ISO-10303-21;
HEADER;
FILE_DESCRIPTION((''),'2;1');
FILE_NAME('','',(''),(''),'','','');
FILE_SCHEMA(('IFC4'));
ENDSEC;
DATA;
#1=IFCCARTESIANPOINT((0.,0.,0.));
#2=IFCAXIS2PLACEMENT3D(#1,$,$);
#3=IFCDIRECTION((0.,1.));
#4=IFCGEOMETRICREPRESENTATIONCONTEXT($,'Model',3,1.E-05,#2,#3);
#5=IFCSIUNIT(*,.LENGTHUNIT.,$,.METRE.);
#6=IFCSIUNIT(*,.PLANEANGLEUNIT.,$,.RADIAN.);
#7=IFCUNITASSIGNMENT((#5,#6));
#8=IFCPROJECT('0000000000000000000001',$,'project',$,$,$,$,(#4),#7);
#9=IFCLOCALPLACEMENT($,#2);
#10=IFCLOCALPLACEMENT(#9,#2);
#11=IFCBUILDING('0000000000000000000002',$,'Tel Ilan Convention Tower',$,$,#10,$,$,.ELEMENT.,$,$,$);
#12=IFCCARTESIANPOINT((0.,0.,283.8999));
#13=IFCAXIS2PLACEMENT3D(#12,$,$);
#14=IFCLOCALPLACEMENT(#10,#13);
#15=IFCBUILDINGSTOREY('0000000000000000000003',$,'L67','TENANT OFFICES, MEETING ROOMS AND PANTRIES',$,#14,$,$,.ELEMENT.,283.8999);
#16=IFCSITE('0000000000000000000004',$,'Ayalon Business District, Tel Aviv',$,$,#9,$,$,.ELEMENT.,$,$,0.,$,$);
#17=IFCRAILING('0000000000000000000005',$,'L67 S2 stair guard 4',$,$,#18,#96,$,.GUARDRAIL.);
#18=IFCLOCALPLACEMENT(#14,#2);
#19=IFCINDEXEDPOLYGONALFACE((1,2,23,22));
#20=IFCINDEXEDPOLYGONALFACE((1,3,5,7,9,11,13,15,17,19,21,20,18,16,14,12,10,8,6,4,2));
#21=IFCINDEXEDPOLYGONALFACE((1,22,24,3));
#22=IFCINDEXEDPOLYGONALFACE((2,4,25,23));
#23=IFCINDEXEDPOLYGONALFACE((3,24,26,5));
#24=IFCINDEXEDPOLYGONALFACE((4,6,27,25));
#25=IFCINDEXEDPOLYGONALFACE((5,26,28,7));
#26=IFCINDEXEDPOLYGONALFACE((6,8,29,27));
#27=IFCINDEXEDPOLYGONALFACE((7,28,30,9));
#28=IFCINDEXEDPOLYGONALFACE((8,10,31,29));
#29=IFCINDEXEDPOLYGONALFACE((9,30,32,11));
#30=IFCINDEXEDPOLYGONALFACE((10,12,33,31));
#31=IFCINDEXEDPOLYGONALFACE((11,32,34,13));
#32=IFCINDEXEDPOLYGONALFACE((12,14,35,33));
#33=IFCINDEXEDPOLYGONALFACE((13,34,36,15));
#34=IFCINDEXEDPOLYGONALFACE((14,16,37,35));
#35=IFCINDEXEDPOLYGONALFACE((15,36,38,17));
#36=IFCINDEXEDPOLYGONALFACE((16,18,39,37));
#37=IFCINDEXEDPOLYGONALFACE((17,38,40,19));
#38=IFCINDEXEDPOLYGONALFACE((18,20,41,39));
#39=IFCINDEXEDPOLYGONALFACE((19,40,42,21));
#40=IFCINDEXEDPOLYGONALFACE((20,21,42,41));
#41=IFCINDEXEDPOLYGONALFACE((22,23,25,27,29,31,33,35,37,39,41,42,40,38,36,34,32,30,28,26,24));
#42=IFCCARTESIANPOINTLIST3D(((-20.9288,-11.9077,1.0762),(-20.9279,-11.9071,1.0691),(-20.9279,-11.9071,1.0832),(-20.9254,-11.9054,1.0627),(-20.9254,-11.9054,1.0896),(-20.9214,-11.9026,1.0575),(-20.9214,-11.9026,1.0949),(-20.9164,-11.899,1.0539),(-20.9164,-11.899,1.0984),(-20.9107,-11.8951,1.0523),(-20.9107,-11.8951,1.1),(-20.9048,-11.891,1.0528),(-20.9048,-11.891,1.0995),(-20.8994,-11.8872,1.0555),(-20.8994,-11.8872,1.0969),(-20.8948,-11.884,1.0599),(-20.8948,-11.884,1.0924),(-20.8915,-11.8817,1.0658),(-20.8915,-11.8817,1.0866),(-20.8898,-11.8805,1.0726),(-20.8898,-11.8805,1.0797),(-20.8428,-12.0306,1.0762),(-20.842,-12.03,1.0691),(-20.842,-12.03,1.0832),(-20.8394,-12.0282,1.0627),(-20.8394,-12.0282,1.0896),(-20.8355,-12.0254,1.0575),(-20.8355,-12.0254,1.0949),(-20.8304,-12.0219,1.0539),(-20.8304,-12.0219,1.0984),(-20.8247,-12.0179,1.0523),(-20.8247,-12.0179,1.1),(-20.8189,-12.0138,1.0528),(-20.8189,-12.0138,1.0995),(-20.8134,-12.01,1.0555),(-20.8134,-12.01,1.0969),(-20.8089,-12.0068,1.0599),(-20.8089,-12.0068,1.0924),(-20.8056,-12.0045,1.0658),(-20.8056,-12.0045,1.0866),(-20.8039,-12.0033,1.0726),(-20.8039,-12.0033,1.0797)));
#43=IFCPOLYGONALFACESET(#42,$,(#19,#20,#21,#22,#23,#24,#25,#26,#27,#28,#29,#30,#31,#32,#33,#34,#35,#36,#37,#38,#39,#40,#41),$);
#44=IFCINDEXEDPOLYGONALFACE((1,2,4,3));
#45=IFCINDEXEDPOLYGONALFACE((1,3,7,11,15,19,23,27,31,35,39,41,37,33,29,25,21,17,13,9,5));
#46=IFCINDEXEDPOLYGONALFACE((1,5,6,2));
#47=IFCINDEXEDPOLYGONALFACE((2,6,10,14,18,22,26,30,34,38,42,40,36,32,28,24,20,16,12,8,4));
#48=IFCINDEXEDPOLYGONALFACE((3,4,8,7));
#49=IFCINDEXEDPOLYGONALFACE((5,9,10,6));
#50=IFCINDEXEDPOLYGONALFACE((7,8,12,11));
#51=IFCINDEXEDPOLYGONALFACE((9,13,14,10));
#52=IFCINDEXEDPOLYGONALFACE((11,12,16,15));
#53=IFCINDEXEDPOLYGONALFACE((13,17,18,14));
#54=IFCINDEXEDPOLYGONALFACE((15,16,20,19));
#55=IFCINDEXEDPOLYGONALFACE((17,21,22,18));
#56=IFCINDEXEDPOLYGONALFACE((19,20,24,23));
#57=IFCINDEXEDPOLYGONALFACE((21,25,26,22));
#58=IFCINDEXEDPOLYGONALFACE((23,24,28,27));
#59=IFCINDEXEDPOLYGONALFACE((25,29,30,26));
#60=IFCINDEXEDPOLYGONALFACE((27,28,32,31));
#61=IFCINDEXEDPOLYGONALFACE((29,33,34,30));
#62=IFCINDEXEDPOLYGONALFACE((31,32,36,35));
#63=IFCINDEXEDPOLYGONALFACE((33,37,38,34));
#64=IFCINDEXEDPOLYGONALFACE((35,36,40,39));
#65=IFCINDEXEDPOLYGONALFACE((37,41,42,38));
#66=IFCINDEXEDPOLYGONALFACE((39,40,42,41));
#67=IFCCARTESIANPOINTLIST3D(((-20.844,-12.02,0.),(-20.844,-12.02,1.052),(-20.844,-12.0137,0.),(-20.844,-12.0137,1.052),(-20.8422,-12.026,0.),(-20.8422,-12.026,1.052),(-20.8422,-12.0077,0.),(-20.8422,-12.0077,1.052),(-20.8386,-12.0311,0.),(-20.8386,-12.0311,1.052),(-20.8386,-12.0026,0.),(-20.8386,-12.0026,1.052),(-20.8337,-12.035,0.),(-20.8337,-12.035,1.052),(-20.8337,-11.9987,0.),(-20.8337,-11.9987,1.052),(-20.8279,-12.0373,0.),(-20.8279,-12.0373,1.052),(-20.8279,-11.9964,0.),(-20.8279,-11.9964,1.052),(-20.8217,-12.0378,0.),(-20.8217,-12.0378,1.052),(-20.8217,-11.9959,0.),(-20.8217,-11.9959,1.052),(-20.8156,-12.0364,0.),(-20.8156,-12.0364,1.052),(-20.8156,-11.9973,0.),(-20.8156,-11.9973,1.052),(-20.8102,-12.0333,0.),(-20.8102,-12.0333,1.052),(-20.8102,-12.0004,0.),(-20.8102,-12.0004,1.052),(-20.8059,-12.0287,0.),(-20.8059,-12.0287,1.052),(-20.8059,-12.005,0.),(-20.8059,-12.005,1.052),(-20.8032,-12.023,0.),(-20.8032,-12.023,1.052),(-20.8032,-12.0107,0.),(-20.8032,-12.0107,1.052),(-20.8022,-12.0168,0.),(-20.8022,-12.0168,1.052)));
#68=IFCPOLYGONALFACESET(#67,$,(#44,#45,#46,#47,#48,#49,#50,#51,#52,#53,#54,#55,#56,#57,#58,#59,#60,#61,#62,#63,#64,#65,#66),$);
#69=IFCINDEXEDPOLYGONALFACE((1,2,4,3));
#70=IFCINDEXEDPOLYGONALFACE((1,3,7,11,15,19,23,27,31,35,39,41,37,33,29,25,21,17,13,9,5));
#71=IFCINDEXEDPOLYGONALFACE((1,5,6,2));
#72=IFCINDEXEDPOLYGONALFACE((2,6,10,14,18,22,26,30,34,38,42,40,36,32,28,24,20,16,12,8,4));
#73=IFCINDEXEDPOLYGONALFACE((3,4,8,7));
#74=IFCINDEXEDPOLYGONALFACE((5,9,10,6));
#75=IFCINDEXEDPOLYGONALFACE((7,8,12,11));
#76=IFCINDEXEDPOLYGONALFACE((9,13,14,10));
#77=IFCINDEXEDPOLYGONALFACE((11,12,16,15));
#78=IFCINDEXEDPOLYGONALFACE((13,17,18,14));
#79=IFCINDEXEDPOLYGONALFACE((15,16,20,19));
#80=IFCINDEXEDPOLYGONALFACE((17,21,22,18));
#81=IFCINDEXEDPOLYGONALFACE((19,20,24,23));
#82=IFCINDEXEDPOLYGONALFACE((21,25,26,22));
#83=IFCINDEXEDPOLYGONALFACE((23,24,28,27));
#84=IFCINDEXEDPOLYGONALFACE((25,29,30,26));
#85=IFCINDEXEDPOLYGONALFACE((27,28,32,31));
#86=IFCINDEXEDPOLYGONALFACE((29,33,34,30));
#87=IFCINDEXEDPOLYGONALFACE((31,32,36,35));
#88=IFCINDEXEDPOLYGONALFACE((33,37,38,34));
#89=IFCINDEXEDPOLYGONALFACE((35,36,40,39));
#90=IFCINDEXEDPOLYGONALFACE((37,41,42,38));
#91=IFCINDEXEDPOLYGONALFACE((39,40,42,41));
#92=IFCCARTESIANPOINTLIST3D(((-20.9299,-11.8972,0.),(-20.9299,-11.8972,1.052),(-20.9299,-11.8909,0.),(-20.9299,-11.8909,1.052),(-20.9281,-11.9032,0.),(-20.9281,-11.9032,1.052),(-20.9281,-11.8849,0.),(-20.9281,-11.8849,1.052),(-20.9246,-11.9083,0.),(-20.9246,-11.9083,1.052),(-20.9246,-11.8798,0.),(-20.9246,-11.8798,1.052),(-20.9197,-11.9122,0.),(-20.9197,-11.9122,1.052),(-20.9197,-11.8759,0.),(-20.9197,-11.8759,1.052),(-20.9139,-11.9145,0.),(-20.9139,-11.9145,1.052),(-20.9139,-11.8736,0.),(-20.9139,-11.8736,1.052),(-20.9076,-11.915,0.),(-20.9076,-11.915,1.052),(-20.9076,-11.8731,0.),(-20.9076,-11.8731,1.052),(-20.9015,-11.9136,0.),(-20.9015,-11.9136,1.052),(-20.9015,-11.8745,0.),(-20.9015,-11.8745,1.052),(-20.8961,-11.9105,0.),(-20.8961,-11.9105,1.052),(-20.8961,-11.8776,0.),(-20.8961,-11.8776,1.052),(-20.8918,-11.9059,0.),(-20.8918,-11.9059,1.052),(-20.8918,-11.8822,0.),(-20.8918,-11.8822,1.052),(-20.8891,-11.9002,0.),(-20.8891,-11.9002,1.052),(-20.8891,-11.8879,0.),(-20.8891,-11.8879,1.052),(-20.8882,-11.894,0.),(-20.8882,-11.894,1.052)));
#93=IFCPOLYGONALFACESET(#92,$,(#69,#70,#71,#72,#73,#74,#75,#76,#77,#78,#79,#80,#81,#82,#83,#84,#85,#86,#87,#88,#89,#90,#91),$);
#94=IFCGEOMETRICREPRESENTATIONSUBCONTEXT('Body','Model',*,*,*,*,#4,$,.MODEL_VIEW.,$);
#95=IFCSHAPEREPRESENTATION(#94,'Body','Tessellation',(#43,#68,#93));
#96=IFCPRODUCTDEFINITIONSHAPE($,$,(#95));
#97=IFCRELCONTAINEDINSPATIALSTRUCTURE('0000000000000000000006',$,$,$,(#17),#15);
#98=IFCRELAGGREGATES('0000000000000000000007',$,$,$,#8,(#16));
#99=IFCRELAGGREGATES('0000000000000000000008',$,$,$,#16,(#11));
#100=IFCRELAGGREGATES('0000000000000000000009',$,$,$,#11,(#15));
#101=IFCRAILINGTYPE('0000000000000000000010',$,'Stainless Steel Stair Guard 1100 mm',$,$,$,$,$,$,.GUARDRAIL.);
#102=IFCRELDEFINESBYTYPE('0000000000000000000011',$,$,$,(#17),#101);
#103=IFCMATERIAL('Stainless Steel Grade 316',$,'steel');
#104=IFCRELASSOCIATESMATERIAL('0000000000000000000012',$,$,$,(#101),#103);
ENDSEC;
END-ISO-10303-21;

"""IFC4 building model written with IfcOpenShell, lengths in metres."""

from ifc_helpers import new_model, si_unit, direction, frame, origin, origin_2d, place, context, subcontext, project, spatial, circle, extrude, material, type_object, element, save


model = new_model("IFC4")

# Units and contexts
model_context = context("Model", 3, precision=1e-05, world=origin(), true_north=direction((0.0, 1.0)))
body_context = subcontext(model_context, "Body", "Model", "MODEL_VIEW")
ifc_project = project(units=[si_unit("LENGTHUNIT", "METRE"), si_unit("PLANEANGLEUNIT", "RADIAN")], contexts=[model_context])

# Site, building, storey
site_placement = place(None, origin())
site = spatial("IfcSite", under=ifc_project, at=site_placement, Name="Ayalon Business District, Tel Aviv", CompositionType="ELEMENT", RefElevation=0.0)
building_placement = place(site_placement, origin())
building = spatial("IfcBuilding", under=site, at=building_placement, Name="Tel Ilan Convention Tower", CompositionType="ELEMENT")
storey_placement = place(building_placement, frame((0.0, 0.0, 283.8999)))
storey = spatial("IfcBuildingStorey", under=building, at=storey_placement, Name="L67", Description="TENANT OFFICES, MEETING ROOMS AND PANTRIES", CompositionType="ELEMENT", Elevation=283.8999)

# Railing
ifc_material_1 = material(Name="Stainless Steel Grade 316", Category="steel")
railing_type_1 = type_object("IfcRailingType", Name="Stainless Steel Stair Guard 1100 mm", PredefinedType="GUARDRAIL", material=ifc_material_1)
railing_1_placement = place(storey_placement, frame((-20.8232, -12.0168, 0.0)))
element("IfcRailing", 1, at=railing_1_placement, inside=storey, type_object=railing_type_1, Name="L67 S2 stair guard 4", PredefinedType="GUARDRAIL", context=body_context, shape_type="SweptSolid", body=[
    extrude(circle(Radius=0.0239, at=origin_2d()), frame((0.0, 0.0, 1.0762), z_axis=(-0.573353, 0.819308, 0.0), x_axis=(-0.819308, -0.573353, 0.0)), (0.0, 0.0, 1.0), 0.1499),
    extrude(circle(Radius=0.021, at=origin_2d()), origin(), (0.0, 0.0, 1.0), 1.052),
    extrude(circle(Radius=0.021, at=origin_2d()), frame((-0.0859, 0.1228, 0.0)), (0.0, 0.0, 1.0), 1.052),
])

save(model, "model.ifc")
